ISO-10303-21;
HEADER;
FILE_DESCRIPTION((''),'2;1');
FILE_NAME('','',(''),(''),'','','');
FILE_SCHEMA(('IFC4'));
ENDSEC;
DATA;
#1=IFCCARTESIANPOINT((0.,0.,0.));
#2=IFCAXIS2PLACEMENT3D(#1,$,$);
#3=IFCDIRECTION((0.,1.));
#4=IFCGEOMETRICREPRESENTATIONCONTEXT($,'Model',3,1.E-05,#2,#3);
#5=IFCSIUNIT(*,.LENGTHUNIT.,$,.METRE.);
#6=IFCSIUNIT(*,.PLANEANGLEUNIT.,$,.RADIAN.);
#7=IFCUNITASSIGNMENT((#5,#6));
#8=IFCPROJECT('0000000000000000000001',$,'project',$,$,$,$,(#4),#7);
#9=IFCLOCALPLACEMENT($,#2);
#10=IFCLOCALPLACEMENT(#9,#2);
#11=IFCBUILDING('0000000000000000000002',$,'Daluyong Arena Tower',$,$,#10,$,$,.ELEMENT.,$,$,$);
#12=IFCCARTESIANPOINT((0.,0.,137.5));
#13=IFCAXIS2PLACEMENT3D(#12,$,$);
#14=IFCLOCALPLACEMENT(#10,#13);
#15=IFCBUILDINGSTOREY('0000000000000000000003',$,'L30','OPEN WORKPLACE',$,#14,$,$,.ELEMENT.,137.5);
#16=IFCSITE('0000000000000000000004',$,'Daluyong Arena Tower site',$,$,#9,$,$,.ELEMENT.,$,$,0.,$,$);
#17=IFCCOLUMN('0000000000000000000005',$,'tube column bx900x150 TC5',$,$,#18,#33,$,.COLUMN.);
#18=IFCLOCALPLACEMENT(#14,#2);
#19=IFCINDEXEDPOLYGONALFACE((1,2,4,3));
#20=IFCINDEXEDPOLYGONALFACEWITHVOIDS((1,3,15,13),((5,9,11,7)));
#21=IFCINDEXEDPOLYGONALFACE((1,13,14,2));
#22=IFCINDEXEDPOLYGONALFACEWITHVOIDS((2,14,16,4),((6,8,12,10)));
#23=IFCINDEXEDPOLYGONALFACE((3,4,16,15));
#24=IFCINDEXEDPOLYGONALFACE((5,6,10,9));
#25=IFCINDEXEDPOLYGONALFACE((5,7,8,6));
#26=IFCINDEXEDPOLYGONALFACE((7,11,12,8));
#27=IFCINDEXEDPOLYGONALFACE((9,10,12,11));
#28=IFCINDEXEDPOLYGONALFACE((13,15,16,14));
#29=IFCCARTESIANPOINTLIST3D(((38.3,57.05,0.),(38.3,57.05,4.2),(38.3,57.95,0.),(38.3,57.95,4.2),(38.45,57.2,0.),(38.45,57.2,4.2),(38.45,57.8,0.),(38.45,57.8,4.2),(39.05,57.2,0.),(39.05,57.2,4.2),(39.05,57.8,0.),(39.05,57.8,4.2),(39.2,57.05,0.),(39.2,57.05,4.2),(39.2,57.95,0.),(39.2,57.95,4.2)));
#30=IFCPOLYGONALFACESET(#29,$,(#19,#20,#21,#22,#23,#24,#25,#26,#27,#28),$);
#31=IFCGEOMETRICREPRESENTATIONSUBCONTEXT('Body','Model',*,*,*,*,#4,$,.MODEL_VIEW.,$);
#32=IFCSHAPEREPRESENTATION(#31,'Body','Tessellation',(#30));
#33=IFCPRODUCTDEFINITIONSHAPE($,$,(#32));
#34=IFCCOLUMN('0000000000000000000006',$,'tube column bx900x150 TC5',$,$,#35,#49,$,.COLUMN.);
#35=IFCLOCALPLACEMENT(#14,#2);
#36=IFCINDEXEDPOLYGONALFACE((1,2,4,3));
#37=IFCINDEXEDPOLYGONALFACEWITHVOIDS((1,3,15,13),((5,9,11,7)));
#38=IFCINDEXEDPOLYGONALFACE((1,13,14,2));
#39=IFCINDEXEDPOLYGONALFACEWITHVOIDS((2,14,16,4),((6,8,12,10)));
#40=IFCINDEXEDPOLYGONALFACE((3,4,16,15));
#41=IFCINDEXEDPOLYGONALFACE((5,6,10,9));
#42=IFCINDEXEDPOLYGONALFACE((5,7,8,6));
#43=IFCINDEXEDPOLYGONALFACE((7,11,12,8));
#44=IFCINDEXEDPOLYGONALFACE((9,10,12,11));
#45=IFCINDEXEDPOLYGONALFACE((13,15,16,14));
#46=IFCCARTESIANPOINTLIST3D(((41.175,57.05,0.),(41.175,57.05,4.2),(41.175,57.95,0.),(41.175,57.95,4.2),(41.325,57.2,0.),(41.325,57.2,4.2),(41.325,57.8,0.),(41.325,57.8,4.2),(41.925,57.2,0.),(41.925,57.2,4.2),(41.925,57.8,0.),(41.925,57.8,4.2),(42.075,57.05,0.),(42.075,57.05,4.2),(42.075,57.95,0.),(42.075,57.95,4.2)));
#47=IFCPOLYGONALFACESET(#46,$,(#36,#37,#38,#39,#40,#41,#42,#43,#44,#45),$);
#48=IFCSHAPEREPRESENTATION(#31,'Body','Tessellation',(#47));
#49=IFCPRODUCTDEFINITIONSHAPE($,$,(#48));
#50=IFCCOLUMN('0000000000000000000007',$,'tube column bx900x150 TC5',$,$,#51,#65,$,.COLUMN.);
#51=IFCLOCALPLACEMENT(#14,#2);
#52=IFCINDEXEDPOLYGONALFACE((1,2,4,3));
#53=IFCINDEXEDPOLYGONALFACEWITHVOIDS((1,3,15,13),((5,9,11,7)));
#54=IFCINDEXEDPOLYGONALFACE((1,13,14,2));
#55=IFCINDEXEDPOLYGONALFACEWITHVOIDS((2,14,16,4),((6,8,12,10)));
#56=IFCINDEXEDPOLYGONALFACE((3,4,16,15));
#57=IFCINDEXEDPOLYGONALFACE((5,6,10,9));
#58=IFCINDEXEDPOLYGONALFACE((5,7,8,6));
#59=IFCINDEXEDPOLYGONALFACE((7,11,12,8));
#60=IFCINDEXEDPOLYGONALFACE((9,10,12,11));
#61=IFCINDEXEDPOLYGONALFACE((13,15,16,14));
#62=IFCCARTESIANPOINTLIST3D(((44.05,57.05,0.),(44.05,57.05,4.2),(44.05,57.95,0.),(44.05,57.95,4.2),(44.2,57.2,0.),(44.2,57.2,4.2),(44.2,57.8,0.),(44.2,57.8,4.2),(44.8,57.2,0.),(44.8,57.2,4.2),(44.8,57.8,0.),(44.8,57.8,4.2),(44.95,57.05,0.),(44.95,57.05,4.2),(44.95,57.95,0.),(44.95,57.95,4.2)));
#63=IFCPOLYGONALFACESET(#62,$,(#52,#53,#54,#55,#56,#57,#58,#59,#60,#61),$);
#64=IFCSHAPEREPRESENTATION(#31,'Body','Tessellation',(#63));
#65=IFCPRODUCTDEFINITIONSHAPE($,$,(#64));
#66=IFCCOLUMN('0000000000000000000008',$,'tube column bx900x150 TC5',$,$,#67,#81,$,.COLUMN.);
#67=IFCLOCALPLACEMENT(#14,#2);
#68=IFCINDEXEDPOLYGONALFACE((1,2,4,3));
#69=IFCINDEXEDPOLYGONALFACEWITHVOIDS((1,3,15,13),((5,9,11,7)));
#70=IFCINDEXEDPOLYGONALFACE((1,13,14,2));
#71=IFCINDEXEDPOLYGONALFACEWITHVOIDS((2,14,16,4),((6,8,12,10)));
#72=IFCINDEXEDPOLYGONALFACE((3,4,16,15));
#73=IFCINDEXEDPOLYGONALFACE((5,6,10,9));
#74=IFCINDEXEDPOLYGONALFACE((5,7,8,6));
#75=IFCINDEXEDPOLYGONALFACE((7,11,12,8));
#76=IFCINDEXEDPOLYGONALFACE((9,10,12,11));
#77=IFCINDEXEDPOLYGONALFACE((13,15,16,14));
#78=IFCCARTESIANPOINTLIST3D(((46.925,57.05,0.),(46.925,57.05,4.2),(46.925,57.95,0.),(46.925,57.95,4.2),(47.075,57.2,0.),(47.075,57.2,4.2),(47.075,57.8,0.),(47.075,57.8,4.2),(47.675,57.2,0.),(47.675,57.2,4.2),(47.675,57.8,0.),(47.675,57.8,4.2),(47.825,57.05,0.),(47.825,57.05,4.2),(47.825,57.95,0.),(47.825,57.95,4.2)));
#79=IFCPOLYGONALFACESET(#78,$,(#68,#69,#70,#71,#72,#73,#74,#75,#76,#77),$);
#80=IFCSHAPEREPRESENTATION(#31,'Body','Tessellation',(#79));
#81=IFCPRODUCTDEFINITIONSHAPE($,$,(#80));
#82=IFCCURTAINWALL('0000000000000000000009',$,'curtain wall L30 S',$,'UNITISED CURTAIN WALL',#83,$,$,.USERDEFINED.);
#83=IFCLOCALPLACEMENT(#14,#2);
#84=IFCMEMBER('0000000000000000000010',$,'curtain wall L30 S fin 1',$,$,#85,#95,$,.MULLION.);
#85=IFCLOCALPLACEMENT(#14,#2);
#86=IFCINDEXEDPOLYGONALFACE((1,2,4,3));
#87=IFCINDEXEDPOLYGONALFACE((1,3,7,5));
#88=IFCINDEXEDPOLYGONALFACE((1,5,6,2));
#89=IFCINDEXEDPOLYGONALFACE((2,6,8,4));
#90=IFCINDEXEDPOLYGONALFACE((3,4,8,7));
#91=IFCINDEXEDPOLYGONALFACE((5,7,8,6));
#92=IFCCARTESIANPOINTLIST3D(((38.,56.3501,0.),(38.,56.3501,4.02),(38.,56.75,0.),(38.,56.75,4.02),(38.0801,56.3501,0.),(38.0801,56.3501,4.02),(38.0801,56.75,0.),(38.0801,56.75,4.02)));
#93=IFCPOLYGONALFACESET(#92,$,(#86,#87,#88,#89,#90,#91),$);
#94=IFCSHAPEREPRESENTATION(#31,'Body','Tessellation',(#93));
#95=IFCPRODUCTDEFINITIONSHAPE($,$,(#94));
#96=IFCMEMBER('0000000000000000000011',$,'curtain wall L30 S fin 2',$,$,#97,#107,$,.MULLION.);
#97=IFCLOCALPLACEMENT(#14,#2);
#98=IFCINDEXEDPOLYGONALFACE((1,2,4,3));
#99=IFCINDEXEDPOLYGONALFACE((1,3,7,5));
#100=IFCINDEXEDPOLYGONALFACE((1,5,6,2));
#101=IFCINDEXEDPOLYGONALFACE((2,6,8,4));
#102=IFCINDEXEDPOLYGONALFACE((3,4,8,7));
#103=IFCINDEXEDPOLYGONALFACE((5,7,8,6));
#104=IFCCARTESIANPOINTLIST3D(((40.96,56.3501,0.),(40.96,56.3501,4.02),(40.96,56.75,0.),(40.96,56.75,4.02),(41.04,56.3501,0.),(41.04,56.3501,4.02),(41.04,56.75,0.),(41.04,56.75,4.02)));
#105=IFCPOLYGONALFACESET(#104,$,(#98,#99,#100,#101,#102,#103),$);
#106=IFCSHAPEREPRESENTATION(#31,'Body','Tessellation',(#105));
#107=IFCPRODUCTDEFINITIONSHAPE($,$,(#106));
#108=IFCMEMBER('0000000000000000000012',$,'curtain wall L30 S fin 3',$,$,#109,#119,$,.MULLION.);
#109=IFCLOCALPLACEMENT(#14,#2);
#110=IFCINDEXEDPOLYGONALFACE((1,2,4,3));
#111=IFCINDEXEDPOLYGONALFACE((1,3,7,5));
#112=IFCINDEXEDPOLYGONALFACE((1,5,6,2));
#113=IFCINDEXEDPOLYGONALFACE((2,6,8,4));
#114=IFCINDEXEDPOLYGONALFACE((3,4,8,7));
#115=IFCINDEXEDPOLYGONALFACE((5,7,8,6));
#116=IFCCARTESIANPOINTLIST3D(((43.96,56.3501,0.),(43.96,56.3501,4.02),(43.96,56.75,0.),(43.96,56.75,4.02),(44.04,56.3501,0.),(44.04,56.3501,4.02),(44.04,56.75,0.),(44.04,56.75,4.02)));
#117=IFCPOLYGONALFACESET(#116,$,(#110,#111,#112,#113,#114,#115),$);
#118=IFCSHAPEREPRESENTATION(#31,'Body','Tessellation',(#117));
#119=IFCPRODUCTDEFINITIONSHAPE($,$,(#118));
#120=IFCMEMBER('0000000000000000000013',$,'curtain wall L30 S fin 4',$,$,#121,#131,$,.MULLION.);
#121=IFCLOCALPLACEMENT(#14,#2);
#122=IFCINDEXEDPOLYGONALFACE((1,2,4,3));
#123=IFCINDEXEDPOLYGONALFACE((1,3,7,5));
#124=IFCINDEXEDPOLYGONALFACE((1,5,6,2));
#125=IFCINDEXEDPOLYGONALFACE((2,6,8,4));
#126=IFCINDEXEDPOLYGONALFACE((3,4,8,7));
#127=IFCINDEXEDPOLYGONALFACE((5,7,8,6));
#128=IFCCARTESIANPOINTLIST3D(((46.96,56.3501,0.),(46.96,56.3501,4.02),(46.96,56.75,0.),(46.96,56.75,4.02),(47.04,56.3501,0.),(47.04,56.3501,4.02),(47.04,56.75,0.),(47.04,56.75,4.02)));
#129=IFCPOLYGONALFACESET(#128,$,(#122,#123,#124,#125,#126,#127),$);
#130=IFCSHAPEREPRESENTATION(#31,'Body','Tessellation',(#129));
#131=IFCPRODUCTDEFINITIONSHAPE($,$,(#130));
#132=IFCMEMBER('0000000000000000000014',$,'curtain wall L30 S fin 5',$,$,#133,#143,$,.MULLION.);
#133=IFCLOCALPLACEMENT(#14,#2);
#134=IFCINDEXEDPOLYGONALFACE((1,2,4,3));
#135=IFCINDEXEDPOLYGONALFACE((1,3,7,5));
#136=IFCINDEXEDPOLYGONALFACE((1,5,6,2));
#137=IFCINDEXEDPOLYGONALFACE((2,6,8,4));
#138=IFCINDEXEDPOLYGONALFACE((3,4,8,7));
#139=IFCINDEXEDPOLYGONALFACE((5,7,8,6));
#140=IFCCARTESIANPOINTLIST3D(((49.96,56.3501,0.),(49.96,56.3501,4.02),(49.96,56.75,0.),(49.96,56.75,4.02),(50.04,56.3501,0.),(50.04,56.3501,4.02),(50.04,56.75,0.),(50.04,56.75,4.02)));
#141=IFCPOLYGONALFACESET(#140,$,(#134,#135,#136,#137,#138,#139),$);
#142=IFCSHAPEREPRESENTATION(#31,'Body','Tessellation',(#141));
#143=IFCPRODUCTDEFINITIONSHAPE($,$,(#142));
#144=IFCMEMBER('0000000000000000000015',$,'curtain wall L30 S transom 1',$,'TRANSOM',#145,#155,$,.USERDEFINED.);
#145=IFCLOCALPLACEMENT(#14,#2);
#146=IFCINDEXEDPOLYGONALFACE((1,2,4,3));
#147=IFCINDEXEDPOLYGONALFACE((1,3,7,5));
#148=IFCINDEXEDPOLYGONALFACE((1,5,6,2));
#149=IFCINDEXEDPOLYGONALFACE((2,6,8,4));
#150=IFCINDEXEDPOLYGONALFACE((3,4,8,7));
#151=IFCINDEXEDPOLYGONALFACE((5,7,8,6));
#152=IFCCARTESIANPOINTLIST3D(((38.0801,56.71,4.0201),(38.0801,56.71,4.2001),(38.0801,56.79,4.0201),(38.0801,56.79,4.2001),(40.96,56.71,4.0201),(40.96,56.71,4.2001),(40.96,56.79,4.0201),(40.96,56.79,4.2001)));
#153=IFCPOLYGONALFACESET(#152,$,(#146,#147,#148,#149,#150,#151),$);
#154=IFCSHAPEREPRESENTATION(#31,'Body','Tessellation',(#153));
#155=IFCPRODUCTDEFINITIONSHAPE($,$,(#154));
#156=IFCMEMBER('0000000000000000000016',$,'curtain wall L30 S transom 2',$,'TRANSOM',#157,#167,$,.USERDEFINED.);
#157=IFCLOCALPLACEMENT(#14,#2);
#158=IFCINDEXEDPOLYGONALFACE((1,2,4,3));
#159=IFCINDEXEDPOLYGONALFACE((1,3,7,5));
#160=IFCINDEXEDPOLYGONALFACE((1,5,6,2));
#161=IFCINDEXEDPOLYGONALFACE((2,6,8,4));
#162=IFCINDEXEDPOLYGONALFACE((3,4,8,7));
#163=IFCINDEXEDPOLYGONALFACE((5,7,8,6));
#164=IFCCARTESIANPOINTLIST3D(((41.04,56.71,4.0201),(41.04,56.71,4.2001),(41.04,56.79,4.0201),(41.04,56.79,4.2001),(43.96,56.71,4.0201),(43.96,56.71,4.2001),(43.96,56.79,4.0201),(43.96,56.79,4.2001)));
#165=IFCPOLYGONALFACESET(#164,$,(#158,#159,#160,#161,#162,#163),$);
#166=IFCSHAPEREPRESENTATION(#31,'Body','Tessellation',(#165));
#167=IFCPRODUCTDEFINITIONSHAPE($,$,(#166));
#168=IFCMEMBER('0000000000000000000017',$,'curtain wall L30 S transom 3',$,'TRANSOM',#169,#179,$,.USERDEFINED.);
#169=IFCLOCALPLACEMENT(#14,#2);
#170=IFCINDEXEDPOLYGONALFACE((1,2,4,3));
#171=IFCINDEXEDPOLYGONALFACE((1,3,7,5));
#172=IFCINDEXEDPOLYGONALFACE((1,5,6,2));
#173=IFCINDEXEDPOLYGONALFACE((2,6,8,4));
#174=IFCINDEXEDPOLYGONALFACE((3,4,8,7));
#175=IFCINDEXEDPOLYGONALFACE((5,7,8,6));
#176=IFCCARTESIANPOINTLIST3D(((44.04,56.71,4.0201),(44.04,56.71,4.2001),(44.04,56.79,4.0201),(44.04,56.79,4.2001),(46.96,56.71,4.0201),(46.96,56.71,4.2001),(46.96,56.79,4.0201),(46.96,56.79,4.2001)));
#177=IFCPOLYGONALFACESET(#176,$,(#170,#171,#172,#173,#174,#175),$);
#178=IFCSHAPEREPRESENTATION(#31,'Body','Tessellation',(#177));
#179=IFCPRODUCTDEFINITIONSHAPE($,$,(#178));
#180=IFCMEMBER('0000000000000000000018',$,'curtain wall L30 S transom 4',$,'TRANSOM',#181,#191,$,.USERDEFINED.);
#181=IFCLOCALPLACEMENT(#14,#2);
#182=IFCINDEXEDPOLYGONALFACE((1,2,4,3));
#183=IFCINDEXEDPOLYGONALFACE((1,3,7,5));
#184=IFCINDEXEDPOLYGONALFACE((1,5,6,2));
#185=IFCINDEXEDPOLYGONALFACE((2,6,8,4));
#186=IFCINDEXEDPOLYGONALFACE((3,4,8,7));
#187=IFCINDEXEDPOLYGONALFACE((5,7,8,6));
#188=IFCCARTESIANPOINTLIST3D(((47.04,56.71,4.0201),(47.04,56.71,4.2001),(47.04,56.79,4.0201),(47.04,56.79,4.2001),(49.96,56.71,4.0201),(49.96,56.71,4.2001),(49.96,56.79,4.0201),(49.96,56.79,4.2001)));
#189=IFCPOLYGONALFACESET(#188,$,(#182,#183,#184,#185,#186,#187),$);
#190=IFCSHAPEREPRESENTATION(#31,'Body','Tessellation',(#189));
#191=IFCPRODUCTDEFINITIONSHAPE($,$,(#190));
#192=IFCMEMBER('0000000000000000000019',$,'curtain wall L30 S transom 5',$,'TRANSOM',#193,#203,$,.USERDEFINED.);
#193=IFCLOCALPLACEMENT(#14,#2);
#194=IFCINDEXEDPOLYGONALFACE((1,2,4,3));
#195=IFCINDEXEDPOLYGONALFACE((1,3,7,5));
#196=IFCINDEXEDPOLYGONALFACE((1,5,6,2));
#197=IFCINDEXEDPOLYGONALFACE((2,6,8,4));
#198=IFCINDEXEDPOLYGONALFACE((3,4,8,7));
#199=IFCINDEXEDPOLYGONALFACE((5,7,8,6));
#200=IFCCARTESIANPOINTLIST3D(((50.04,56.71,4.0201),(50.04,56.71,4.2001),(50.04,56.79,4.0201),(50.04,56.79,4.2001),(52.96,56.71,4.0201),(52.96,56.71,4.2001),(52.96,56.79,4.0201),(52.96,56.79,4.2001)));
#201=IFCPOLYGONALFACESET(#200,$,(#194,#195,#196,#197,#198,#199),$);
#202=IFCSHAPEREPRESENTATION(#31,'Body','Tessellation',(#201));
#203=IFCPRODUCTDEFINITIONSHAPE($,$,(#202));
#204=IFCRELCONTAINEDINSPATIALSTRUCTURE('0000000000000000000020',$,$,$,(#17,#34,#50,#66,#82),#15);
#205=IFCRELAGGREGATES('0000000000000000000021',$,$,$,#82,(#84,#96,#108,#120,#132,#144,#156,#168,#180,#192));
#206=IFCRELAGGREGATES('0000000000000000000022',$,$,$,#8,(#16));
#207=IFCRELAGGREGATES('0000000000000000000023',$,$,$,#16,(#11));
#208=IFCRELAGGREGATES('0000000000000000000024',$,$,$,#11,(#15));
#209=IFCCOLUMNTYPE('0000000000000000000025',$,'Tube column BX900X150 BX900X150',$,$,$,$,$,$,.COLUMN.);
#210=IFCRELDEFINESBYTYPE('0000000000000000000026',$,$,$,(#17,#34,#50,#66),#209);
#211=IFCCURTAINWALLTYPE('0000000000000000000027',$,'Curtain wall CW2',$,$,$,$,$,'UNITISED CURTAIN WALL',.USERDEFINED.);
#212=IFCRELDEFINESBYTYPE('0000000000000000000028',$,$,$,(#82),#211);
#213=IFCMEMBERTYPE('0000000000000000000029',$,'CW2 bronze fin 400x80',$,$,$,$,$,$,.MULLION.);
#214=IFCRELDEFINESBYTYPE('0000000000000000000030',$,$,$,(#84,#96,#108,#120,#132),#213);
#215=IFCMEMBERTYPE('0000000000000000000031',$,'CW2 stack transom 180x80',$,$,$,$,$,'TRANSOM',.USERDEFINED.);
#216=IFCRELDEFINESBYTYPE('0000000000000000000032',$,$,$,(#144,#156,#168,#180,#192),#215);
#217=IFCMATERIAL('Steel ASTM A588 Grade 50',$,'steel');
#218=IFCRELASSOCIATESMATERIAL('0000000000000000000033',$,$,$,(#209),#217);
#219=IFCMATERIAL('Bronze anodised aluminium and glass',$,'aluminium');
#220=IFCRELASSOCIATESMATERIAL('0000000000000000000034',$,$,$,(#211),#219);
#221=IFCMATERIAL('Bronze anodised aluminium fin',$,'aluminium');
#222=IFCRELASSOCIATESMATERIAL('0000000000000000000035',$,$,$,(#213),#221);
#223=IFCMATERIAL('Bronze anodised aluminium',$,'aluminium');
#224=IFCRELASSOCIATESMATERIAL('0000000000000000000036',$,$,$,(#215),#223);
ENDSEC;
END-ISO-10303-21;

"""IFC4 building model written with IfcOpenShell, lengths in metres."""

from ifc_helpers import new_model, si_unit, direction, frame, origin, origin_2d, place, context, subcontext, project, spatial, rectangle, hollow_rectangle, extrude, material, material_profile, profile_set, type_object, element, aggregate, save


model = new_model("IFC4")

# Units and contexts
model_context = context("Model", 3, precision=1e-05, world=origin(), true_north=direction((0.0, 1.0)))
body_context = subcontext(model_context, "Body", "Model", "MODEL_VIEW")
ifc_project = project(units=[si_unit("LENGTHUNIT", "METRE"), si_unit("PLANEANGLEUNIT", "RADIAN")], contexts=[model_context])

# Site, building, storey
site_placement = place(None, origin())
site = spatial("IfcSite", under=ifc_project, at=site_placement, Name="Daluyong Arena Tower site", CompositionType="ELEMENT", RefElevation=0.0)
building_placement = place(site_placement, origin())
building = spatial("IfcBuilding", under=site, at=building_placement, Name="Daluyong Arena Tower", CompositionType="ELEMENT")
storey_placement = place(building_placement, frame((0.0, 0.0, 137.5)))
storey = spatial("IfcBuildingStorey", under=building, at=storey_placement, Name="L30", Description="OPEN WORKPLACE", CompositionType="ELEMENT", Elevation=137.5)

# Columns
ifc_material_1 = material(Name="Steel ASTM A588 Grade 50", Category="steel")
ifc_material_profile_1 = material_profile(ifc_material_1, hollow_rectangle(XDim=0.8999, YDim=0.8999, WallThickness=0.15, at=origin_2d()))
ifc_profile_set_1 = profile_set([ifc_material_profile_1], Name="Steel ASTM A588 Grade 50")
column_type = type_object("IfcColumnType", Name="Tube column BX900X150 BX900X150", PredefinedType="COLUMN", material=ifc_profile_set_1)
for number, where, z_axis, x_axis, name in (
    (1, (38.75, 57.5, 0.0), (0.0, 0.0, 1.0), (1.0, 0.0, 0.0), "tube column bx900x150 TC5"),
    (2, (41.625, 57.5, 0.0), (0.0, 0.0, 1.0), (1.0, 0.0, 0.0), "tube column bx900x150 TC5"),
    (3, (44.5, 57.5, 0.0), (0.0, 0.0, 1.0), (1.0, 0.0, 0.0), "tube column bx900x150 TC5"),
    (4, (47.375, 57.5, 0.0), (0.0, 0.0, 1.0), (1.0, 0.0, 0.0), "tube column bx900x150 TC5"),
):
    element("IfcColumn", number, at=place(storey_placement, frame(where, z_axis=z_axis, x_axis=x_axis)), inside=storey, type_object=column_type, Name=name, PredefinedType="COLUMN", context=body_context, shape_type="SweptSolid", body=[
        extrude(hollow_rectangle(XDim=0.8999, YDim=0.8999, WallThickness=0.15, at=origin_2d()), origin(), (0.0, 0.0, 1.0), 4.2),
    ])

# Curtain wall, members
ifc_material_2 = material(Name="Bronze anodised aluminium and glass", Category="aluminium")
curtain_wall_type_1 = type_object("IfcCurtainWallType", Name="Curtain wall CW2", ElementType="UNITISED CURTAIN WALL", PredefinedType="USERDEFINED", material=ifc_material_2)
curtain_wall_1_placement = place(storey_placement, origin())
curtain_wall_1 = element("IfcCurtainWall", 5, at=curtain_wall_1_placement, inside=storey, type_object=curtain_wall_type_1, Name="curtain wall L30 S", ObjectType="UNITISED CURTAIN WALL", PredefinedType="USERDEFINED")
ifc_material_3 = material(Name="Bronze anodised aluminium fin", Category="aluminium")
ifc_material_profile_2 = material_profile(ifc_material_3, rectangle(XDim=0.3999, YDim=0.0801, at=origin_2d()))
ifc_profile_set_2 = profile_set([ifc_material_profile_2], Name="Bronze anodised aluminium fin")
member_type_1 = type_object("IfcMemberType", Name="CW2 bronze fin 400x80", PredefinedType="MULLION", material=ifc_profile_set_2)
member_1_placement = place(storey_placement, frame((38.04, 56.55, 0.0), z_axis=(0.0, 0.0, 1.0), x_axis=(0.0, 1.0, 0.0)))
member_1 = element("IfcMember", 6, at=member_1_placement, type_object=member_type_1, Name="curtain wall L30 S fin 1", PredefinedType="MULLION", context=body_context, shape_type="SweptSolid", body=[
    extrude(rectangle(XDim=0.3999, YDim=0.0801, at=origin_2d()), origin(), (0.0, 0.0, 1.0), 4.02),
])
member_2_placement = place(storey_placement, frame((41.0, 56.55, 0.0), z_axis=(0.0, 0.0, 1.0), x_axis=(0.0, 1.0, 0.0)))
member_2 = element("IfcMember", 7, at=member_2_placement, type_object=member_type_1, Name="curtain wall L30 S fin 2", PredefinedType="MULLION", context=body_context, shape_type="SweptSolid", body=[
    extrude(rectangle(XDim=0.3999, YDim=0.0801, at=origin_2d()), origin(), (0.0, 0.0, 1.0), 4.02),
])
member_3_placement = place(storey_placement, frame((44.0, 56.55, 0.0), z_axis=(0.0, 0.0, 1.0), x_axis=(0.0, 1.0, 0.0)))
member_3 = element("IfcMember", 8, at=member_3_placement, type_object=member_type_1, Name="curtain wall L30 S fin 3", PredefinedType="MULLION", context=body_context, shape_type="SweptSolid", body=[
    extrude(rectangle(XDim=0.3999, YDim=0.0801, at=origin_2d()), origin(), (0.0, 0.0, 1.0), 4.02),
])
member_4_placement = place(storey_placement, frame((47.0, 56.55, 0.0), z_axis=(0.0, 0.0, 1.0), x_axis=(0.0, 1.0, 0.0)))
member_4 = element("IfcMember", 9, at=member_4_placement, type_object=member_type_1, Name="curtain wall L30 S fin 4", PredefinedType="MULLION", context=body_context, shape_type="SweptSolid", body=[
    extrude(rectangle(XDim=0.3999, YDim=0.0801, at=origin_2d()), origin(), (0.0, 0.0, 1.0), 4.02),
])
member_5_placement = place(storey_placement, frame((50.0, 56.55, 0.0), z_axis=(0.0, 0.0, 1.0), x_axis=(0.0, 1.0, 0.0)))
member_5 = element("IfcMember", 10, at=member_5_placement, type_object=member_type_1, Name="curtain wall L30 S fin 5", PredefinedType="MULLION", context=body_context, shape_type="SweptSolid", body=[
    extrude(rectangle(XDim=0.3999, YDim=0.0801, at=origin_2d()), origin(), (0.0, 0.0, 1.0), 4.02),
])
ifc_material_4 = material(Name="Bronze anodised aluminium", Category="aluminium")
ifc_material_profile_3 = material_profile(ifc_material_4, rectangle(XDim=0.0801, YDim=0.1799, at=origin_2d()))
ifc_profile_set_3 = profile_set([ifc_material_profile_3], Name="Bronze anodised aluminium")
member_type_2 = type_object("IfcMemberType", Name="CW2 stack transom 180x80", ElementType="TRANSOM", PredefinedType="USERDEFINED", material=ifc_profile_set_3)
member_6_placement = place(storey_placement, frame((38.0801, 56.75, 4.1101), z_axis=(1.0, 0.0, 0.0), x_axis=(0.0, 1.0, 0.0)))
member_6 = element("IfcMember", 11, at=member_6_placement, type_object=member_type_2, Name="curtain wall L30 S transom 1", ObjectType="TRANSOM", PredefinedType="USERDEFINED", context=body_context, shape_type="SweptSolid", body=[
    extrude(rectangle(XDim=0.0801, YDim=0.1799, at=origin_2d()), origin(), (0.0, 0.0, 1.0), 2.8799),
])
member_7_placement = place(storey_placement, frame((41.04, 56.75, 4.1101), z_axis=(1.0, 0.0, 0.0), x_axis=(0.0, 1.0, 0.0)))
member_7 = element("IfcMember", 12, at=member_7_placement, type_object=member_type_2, Name="curtain wall L30 S transom 2", ObjectType="TRANSOM", PredefinedType="USERDEFINED", context=body_context, shape_type="SweptSolid", body=[
    extrude(rectangle(XDim=0.0801, YDim=0.1799, at=origin_2d()), origin(), (0.0, 0.0, 1.0), 2.9199),
])
member_8_placement = place(storey_placement, frame((44.04, 56.75, 4.1101), z_axis=(1.0, 0.0, 0.0), x_axis=(0.0, 1.0, 0.0)))
member_8 = element("IfcMember", 13, at=member_8_placement, type_object=member_type_2, Name="curtain wall L30 S transom 3", ObjectType="TRANSOM", PredefinedType="USERDEFINED", context=body_context, shape_type="SweptSolid", body=[
    extrude(rectangle(XDim=0.0801, YDim=0.1799, at=origin_2d()), origin(), (0.0, 0.0, 1.0), 2.9199),
])
member_9_placement = place(storey_placement, frame((47.04, 56.75, 4.1101), z_axis=(1.0, 0.0, 0.0), x_axis=(0.0, 1.0, 0.0)))
member_9 = element("IfcMember", 14, at=member_9_placement, type_object=member_type_2, Name="curtain wall L30 S transom 4", ObjectType="TRANSOM", PredefinedType="USERDEFINED", context=body_context, shape_type="SweptSolid", body=[
    extrude(rectangle(XDim=0.0801, YDim=0.1799, at=origin_2d()), origin(), (0.0, 0.0, 1.0), 2.9199),
])
member_10_placement = place(storey_placement, frame((50.04, 56.75, 4.1101), z_axis=(1.0, 0.0, 0.0), x_axis=(0.0, 1.0, 0.0)))
member_10 = element("IfcMember", 15, at=member_10_placement, type_object=member_type_2, Name="curtain wall L30 S transom 5", ObjectType="TRANSOM", PredefinedType="USERDEFINED", context=body_context, shape_type="SweptSolid", body=[
    extrude(rectangle(XDim=0.0801, YDim=0.1799, at=origin_2d()), origin(), (0.0, 0.0, 1.0), 2.9199),
])

aggregate(curtain_wall_1, [member_1, member_2, member_3, member_4, member_5, member_6, member_7, member_8, member_9, member_10])

save(model, "model.ifc")
